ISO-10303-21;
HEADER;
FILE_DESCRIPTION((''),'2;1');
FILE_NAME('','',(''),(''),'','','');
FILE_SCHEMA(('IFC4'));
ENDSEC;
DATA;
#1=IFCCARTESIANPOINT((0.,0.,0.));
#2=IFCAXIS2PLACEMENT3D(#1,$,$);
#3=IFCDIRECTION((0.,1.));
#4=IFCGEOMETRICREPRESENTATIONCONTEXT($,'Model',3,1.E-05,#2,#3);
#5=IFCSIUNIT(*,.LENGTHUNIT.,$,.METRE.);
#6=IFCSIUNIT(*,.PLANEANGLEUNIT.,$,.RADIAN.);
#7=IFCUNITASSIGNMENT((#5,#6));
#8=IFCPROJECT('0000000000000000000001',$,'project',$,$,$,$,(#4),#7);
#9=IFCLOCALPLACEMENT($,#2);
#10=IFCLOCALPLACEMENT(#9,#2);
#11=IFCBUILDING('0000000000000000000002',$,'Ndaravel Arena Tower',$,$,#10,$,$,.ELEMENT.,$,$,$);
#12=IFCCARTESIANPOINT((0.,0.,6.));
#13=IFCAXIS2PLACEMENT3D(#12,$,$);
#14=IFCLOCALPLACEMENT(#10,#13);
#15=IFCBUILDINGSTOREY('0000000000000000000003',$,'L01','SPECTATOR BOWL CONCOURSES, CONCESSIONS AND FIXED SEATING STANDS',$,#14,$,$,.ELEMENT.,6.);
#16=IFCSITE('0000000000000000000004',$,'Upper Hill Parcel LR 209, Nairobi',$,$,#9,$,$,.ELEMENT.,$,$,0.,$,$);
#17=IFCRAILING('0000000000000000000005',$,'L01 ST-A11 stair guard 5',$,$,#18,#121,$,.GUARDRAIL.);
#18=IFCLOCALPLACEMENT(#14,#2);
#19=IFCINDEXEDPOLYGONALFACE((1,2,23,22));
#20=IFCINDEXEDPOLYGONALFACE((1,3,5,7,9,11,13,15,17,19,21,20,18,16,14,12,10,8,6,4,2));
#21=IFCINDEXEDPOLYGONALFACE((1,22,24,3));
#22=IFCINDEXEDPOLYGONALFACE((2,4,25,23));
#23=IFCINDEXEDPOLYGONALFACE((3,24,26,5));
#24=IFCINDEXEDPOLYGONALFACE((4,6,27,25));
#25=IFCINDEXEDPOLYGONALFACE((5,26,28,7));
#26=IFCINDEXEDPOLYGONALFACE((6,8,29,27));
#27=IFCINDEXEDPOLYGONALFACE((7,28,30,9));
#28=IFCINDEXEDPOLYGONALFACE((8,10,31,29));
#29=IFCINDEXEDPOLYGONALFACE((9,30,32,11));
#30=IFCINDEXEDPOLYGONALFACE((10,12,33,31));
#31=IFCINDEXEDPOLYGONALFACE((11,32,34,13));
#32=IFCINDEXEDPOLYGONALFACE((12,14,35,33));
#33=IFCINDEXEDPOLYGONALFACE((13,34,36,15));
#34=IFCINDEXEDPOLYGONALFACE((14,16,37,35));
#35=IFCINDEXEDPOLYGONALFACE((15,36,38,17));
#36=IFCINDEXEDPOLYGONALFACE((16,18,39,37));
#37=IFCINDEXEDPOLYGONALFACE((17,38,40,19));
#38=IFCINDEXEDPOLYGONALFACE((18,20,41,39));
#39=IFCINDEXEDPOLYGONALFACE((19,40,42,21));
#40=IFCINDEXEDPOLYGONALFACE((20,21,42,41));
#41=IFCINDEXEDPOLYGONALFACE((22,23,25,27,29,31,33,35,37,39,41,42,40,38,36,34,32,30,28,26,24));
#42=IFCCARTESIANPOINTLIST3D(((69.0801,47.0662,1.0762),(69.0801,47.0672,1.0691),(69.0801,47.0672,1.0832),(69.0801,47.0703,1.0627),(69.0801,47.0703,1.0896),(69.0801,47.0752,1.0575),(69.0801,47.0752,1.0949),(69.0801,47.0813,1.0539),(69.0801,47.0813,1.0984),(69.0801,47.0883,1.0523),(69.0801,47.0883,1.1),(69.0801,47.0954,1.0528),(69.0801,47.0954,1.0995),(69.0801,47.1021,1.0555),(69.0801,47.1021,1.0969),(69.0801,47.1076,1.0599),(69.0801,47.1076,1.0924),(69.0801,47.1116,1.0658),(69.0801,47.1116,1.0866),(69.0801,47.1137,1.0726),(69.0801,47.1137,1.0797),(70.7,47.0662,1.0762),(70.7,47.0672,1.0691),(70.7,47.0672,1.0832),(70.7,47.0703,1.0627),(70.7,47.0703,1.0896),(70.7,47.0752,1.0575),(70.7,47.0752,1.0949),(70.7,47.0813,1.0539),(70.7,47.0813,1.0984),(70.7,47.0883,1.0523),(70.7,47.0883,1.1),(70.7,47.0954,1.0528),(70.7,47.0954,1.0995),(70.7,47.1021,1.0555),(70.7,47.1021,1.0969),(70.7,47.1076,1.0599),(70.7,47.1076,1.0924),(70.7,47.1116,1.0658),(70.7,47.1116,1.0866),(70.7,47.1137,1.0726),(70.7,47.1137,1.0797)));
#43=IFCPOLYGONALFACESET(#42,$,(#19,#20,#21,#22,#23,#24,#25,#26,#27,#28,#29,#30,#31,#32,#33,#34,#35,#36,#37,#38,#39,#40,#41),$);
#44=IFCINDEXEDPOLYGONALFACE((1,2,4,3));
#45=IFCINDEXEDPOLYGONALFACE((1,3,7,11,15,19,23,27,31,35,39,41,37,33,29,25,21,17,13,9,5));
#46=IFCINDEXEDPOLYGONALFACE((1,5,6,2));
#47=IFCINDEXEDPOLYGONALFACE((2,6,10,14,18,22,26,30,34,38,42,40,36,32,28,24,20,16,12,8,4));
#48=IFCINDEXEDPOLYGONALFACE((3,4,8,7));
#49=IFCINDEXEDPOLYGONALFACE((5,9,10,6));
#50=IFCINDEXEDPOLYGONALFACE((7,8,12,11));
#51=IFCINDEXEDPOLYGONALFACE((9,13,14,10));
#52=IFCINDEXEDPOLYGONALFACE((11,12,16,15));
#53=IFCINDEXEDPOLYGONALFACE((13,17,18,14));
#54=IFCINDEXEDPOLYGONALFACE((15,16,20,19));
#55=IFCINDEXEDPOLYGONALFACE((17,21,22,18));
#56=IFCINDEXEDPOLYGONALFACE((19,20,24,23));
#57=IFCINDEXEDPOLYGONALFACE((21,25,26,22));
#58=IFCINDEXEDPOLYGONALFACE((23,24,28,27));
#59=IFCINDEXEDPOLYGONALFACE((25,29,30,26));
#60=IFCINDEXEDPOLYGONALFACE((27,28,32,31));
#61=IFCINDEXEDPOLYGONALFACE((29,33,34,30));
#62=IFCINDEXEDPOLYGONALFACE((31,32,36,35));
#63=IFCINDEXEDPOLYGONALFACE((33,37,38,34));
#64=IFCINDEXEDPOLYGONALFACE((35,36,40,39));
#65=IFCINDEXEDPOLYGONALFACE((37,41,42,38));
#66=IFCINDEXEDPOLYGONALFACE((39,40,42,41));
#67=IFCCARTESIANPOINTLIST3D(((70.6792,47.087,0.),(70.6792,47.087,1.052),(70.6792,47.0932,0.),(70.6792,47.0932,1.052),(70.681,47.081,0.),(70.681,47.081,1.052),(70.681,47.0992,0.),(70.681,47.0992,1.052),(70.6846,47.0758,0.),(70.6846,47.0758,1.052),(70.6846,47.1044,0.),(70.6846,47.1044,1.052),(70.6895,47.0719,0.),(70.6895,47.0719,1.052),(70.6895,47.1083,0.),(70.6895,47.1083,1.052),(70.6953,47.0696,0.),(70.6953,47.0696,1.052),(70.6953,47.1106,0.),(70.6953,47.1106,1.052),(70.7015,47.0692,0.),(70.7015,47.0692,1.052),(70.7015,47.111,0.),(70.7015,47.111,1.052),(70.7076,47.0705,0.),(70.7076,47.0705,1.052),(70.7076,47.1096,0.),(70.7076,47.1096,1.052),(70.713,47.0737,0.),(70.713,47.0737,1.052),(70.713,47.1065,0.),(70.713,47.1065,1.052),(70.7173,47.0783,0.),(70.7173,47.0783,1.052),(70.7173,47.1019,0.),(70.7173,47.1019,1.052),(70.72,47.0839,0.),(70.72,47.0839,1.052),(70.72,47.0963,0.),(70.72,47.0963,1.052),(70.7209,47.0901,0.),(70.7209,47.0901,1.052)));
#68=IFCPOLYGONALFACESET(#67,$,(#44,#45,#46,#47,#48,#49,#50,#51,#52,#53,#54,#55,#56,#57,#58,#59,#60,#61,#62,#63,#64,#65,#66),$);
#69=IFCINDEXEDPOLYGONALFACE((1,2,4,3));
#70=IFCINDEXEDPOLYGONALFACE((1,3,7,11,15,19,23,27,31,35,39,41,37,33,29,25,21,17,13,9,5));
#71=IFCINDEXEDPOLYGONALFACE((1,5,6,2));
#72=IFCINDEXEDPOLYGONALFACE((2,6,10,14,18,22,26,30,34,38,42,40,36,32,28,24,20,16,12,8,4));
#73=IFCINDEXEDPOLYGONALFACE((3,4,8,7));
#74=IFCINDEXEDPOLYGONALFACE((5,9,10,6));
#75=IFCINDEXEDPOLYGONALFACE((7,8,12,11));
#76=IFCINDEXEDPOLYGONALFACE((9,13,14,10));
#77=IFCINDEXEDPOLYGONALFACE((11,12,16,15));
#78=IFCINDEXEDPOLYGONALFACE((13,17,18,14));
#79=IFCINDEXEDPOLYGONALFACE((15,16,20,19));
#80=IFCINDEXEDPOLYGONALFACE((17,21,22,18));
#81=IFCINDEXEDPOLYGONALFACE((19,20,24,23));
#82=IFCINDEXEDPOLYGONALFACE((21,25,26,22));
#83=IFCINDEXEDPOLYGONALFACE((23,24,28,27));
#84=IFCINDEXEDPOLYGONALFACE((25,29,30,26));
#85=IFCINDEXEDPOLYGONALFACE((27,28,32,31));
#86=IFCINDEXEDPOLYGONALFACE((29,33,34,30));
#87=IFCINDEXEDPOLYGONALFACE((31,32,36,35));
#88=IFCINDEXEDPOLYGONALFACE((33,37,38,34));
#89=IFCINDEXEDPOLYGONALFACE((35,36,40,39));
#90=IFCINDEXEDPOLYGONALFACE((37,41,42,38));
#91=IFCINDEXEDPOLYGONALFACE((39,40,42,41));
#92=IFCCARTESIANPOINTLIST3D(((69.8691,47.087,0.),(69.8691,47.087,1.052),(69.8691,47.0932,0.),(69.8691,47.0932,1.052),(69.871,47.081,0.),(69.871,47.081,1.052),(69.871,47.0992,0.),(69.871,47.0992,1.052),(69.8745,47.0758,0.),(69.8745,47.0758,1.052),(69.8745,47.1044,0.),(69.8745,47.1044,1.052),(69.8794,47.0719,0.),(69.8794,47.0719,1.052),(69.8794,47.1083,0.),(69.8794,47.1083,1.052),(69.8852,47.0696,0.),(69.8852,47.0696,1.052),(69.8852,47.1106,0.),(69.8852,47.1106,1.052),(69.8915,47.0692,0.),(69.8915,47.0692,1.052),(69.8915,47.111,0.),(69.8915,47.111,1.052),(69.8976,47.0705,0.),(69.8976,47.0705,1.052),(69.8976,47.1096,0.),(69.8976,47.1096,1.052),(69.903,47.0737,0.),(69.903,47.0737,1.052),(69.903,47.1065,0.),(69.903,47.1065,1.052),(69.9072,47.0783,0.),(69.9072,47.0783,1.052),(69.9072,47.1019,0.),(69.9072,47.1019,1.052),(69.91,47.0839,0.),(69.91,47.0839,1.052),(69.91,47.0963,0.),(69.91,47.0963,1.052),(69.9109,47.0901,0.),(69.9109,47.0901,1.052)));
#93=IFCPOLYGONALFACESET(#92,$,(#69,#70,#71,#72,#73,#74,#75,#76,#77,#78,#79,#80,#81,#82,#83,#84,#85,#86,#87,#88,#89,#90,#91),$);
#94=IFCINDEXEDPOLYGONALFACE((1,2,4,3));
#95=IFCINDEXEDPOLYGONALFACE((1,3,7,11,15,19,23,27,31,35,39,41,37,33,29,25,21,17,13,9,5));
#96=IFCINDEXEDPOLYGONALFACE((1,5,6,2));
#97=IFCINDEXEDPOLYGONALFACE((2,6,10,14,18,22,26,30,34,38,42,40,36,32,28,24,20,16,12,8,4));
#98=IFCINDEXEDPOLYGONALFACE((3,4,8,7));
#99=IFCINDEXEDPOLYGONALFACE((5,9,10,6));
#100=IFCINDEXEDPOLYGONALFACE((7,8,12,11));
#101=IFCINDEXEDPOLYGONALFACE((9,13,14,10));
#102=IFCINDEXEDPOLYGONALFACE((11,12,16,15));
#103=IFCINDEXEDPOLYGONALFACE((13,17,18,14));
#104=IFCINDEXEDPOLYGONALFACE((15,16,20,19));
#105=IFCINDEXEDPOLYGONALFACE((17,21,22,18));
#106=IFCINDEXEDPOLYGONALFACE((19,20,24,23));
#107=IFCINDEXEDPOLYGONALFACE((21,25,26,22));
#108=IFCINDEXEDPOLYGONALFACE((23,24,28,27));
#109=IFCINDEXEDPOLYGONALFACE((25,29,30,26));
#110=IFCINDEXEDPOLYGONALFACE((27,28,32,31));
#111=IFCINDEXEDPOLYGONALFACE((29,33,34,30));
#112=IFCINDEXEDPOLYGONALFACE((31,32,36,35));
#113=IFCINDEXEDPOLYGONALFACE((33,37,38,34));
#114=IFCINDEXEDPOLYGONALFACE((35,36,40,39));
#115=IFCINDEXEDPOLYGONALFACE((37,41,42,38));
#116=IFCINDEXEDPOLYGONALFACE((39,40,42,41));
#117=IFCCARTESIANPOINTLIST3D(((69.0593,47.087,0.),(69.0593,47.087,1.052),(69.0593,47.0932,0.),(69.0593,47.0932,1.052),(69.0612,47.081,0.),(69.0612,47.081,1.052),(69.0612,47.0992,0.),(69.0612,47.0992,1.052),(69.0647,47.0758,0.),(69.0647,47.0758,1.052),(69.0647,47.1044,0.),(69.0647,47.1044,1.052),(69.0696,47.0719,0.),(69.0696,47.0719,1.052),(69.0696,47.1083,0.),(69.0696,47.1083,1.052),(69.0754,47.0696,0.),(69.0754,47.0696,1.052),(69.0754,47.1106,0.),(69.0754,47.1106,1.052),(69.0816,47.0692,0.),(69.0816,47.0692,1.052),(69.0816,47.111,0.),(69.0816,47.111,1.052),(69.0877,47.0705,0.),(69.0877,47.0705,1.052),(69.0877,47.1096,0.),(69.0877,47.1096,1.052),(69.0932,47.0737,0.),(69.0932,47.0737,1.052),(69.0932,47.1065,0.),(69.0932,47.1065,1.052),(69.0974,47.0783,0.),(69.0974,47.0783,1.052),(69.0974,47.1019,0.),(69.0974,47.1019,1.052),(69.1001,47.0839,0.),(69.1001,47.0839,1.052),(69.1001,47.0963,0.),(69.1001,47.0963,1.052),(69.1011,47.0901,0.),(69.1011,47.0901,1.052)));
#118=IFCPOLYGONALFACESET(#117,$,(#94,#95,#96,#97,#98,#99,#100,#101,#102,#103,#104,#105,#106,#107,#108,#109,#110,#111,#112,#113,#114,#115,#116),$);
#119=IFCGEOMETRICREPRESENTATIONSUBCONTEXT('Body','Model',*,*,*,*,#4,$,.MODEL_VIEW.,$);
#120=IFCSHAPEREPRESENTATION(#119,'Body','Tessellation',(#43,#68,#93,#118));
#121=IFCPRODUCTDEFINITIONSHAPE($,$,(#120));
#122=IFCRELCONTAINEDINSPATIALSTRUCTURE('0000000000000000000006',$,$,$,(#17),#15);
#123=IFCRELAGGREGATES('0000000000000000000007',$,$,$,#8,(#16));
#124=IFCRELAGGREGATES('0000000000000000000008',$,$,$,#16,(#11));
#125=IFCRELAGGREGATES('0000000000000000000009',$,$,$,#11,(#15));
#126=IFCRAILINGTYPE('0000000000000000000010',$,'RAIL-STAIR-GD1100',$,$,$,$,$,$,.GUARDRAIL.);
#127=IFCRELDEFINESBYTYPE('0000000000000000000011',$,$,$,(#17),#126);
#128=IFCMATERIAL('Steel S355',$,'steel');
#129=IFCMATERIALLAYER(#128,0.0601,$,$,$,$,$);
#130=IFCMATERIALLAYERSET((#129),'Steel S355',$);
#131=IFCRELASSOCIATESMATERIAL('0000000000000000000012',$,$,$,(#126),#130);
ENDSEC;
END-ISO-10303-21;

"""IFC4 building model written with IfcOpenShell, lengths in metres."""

from ifc_helpers import new_model, si_unit, direction, frame, origin, origin_2d, place, context, subcontext, project, spatial, circle, extrude, material, layer, layer_set, type_object, element, save


model = new_model("IFC4")

# Units and contexts
model_context = context("Model", 3, precision=1e-05, world=origin(), true_north=direction((0.0, 1.0)))
body_context = subcontext(model_context, "Body", "Model", "MODEL_VIEW")
ifc_project = project(units=[si_unit("LENGTHUNIT", "METRE"), si_unit("PLANEANGLEUNIT", "RADIAN")], contexts=[model_context])

# Site, building, storey
site_placement = place(None, origin())
site = spatial("IfcSite", under=ifc_project, at=site_placement, Name="Upper Hill Parcel LR 209, Nairobi", CompositionType="ELEMENT", RefElevation=0.0)
building_placement = place(site_placement, origin())
building = spatial("IfcBuilding", under=site, at=building_placement, Name="Ndaravel Arena Tower", CompositionType="ELEMENT")
storey_placement = place(building_placement, frame((0.0, 0.0, 6.0)))
storey = spatial("IfcBuildingStorey", under=building, at=storey_placement, Name="L01", Description="SPECTATOR BOWL CONCOURSES, CONCESSIONS AND FIXED SEATING STANDS", CompositionType="ELEMENT", Elevation=6.0)

# Railing
ifc_material_1 = material(Name="Steel S355", Category="steel")
ifc_layer_1 = layer(ifc_material_1, 0.0601)
ifc_layer_set_1 = layer_set([ifc_layer_1], Name="Steel S355")
railing_type_1 = type_object("IfcRailingType", Name="RAIL-STAIR-GD1100", PredefinedType="GUARDRAIL", material=ifc_layer_set_1)
for number, where, name in (
    (1, (70.7, 47.0901, 0.0), "L01 ST-A11 stair guard 5"),
):
    element("IfcRailing", number, at=place(storey_placement, frame(where)), inside=storey, type_object=railing_type_1, Name=name, PredefinedType="GUARDRAIL", context=body_context, shape_type="SweptSolid", body=[
        extrude(circle(Radius=0.0239, at=origin_2d()), frame((0.0, 0.0, 1.0762), z_axis=(-1.0, 0.0, 0.0), x_axis=(0.0, -1.0, 0.0)), (0.0, 0.0, 1.0), 1.6199),
        extrude(circle(Radius=0.021, at=origin_2d()), origin(), (0.0, 0.0, 1.0), 1.052),
        extrude(circle(Radius=0.021, at=origin_2d()), frame((-0.8101, 0.0, 0.0)), (0.0, 0.0, 1.0), 1.052),
        extrude(circle(Radius=0.021, at=origin_2d()), frame((-1.6199, 0.0, 0.0)), (0.0, 0.0, 1.0), 1.052),
    ])

save(model, "model.ifc")
